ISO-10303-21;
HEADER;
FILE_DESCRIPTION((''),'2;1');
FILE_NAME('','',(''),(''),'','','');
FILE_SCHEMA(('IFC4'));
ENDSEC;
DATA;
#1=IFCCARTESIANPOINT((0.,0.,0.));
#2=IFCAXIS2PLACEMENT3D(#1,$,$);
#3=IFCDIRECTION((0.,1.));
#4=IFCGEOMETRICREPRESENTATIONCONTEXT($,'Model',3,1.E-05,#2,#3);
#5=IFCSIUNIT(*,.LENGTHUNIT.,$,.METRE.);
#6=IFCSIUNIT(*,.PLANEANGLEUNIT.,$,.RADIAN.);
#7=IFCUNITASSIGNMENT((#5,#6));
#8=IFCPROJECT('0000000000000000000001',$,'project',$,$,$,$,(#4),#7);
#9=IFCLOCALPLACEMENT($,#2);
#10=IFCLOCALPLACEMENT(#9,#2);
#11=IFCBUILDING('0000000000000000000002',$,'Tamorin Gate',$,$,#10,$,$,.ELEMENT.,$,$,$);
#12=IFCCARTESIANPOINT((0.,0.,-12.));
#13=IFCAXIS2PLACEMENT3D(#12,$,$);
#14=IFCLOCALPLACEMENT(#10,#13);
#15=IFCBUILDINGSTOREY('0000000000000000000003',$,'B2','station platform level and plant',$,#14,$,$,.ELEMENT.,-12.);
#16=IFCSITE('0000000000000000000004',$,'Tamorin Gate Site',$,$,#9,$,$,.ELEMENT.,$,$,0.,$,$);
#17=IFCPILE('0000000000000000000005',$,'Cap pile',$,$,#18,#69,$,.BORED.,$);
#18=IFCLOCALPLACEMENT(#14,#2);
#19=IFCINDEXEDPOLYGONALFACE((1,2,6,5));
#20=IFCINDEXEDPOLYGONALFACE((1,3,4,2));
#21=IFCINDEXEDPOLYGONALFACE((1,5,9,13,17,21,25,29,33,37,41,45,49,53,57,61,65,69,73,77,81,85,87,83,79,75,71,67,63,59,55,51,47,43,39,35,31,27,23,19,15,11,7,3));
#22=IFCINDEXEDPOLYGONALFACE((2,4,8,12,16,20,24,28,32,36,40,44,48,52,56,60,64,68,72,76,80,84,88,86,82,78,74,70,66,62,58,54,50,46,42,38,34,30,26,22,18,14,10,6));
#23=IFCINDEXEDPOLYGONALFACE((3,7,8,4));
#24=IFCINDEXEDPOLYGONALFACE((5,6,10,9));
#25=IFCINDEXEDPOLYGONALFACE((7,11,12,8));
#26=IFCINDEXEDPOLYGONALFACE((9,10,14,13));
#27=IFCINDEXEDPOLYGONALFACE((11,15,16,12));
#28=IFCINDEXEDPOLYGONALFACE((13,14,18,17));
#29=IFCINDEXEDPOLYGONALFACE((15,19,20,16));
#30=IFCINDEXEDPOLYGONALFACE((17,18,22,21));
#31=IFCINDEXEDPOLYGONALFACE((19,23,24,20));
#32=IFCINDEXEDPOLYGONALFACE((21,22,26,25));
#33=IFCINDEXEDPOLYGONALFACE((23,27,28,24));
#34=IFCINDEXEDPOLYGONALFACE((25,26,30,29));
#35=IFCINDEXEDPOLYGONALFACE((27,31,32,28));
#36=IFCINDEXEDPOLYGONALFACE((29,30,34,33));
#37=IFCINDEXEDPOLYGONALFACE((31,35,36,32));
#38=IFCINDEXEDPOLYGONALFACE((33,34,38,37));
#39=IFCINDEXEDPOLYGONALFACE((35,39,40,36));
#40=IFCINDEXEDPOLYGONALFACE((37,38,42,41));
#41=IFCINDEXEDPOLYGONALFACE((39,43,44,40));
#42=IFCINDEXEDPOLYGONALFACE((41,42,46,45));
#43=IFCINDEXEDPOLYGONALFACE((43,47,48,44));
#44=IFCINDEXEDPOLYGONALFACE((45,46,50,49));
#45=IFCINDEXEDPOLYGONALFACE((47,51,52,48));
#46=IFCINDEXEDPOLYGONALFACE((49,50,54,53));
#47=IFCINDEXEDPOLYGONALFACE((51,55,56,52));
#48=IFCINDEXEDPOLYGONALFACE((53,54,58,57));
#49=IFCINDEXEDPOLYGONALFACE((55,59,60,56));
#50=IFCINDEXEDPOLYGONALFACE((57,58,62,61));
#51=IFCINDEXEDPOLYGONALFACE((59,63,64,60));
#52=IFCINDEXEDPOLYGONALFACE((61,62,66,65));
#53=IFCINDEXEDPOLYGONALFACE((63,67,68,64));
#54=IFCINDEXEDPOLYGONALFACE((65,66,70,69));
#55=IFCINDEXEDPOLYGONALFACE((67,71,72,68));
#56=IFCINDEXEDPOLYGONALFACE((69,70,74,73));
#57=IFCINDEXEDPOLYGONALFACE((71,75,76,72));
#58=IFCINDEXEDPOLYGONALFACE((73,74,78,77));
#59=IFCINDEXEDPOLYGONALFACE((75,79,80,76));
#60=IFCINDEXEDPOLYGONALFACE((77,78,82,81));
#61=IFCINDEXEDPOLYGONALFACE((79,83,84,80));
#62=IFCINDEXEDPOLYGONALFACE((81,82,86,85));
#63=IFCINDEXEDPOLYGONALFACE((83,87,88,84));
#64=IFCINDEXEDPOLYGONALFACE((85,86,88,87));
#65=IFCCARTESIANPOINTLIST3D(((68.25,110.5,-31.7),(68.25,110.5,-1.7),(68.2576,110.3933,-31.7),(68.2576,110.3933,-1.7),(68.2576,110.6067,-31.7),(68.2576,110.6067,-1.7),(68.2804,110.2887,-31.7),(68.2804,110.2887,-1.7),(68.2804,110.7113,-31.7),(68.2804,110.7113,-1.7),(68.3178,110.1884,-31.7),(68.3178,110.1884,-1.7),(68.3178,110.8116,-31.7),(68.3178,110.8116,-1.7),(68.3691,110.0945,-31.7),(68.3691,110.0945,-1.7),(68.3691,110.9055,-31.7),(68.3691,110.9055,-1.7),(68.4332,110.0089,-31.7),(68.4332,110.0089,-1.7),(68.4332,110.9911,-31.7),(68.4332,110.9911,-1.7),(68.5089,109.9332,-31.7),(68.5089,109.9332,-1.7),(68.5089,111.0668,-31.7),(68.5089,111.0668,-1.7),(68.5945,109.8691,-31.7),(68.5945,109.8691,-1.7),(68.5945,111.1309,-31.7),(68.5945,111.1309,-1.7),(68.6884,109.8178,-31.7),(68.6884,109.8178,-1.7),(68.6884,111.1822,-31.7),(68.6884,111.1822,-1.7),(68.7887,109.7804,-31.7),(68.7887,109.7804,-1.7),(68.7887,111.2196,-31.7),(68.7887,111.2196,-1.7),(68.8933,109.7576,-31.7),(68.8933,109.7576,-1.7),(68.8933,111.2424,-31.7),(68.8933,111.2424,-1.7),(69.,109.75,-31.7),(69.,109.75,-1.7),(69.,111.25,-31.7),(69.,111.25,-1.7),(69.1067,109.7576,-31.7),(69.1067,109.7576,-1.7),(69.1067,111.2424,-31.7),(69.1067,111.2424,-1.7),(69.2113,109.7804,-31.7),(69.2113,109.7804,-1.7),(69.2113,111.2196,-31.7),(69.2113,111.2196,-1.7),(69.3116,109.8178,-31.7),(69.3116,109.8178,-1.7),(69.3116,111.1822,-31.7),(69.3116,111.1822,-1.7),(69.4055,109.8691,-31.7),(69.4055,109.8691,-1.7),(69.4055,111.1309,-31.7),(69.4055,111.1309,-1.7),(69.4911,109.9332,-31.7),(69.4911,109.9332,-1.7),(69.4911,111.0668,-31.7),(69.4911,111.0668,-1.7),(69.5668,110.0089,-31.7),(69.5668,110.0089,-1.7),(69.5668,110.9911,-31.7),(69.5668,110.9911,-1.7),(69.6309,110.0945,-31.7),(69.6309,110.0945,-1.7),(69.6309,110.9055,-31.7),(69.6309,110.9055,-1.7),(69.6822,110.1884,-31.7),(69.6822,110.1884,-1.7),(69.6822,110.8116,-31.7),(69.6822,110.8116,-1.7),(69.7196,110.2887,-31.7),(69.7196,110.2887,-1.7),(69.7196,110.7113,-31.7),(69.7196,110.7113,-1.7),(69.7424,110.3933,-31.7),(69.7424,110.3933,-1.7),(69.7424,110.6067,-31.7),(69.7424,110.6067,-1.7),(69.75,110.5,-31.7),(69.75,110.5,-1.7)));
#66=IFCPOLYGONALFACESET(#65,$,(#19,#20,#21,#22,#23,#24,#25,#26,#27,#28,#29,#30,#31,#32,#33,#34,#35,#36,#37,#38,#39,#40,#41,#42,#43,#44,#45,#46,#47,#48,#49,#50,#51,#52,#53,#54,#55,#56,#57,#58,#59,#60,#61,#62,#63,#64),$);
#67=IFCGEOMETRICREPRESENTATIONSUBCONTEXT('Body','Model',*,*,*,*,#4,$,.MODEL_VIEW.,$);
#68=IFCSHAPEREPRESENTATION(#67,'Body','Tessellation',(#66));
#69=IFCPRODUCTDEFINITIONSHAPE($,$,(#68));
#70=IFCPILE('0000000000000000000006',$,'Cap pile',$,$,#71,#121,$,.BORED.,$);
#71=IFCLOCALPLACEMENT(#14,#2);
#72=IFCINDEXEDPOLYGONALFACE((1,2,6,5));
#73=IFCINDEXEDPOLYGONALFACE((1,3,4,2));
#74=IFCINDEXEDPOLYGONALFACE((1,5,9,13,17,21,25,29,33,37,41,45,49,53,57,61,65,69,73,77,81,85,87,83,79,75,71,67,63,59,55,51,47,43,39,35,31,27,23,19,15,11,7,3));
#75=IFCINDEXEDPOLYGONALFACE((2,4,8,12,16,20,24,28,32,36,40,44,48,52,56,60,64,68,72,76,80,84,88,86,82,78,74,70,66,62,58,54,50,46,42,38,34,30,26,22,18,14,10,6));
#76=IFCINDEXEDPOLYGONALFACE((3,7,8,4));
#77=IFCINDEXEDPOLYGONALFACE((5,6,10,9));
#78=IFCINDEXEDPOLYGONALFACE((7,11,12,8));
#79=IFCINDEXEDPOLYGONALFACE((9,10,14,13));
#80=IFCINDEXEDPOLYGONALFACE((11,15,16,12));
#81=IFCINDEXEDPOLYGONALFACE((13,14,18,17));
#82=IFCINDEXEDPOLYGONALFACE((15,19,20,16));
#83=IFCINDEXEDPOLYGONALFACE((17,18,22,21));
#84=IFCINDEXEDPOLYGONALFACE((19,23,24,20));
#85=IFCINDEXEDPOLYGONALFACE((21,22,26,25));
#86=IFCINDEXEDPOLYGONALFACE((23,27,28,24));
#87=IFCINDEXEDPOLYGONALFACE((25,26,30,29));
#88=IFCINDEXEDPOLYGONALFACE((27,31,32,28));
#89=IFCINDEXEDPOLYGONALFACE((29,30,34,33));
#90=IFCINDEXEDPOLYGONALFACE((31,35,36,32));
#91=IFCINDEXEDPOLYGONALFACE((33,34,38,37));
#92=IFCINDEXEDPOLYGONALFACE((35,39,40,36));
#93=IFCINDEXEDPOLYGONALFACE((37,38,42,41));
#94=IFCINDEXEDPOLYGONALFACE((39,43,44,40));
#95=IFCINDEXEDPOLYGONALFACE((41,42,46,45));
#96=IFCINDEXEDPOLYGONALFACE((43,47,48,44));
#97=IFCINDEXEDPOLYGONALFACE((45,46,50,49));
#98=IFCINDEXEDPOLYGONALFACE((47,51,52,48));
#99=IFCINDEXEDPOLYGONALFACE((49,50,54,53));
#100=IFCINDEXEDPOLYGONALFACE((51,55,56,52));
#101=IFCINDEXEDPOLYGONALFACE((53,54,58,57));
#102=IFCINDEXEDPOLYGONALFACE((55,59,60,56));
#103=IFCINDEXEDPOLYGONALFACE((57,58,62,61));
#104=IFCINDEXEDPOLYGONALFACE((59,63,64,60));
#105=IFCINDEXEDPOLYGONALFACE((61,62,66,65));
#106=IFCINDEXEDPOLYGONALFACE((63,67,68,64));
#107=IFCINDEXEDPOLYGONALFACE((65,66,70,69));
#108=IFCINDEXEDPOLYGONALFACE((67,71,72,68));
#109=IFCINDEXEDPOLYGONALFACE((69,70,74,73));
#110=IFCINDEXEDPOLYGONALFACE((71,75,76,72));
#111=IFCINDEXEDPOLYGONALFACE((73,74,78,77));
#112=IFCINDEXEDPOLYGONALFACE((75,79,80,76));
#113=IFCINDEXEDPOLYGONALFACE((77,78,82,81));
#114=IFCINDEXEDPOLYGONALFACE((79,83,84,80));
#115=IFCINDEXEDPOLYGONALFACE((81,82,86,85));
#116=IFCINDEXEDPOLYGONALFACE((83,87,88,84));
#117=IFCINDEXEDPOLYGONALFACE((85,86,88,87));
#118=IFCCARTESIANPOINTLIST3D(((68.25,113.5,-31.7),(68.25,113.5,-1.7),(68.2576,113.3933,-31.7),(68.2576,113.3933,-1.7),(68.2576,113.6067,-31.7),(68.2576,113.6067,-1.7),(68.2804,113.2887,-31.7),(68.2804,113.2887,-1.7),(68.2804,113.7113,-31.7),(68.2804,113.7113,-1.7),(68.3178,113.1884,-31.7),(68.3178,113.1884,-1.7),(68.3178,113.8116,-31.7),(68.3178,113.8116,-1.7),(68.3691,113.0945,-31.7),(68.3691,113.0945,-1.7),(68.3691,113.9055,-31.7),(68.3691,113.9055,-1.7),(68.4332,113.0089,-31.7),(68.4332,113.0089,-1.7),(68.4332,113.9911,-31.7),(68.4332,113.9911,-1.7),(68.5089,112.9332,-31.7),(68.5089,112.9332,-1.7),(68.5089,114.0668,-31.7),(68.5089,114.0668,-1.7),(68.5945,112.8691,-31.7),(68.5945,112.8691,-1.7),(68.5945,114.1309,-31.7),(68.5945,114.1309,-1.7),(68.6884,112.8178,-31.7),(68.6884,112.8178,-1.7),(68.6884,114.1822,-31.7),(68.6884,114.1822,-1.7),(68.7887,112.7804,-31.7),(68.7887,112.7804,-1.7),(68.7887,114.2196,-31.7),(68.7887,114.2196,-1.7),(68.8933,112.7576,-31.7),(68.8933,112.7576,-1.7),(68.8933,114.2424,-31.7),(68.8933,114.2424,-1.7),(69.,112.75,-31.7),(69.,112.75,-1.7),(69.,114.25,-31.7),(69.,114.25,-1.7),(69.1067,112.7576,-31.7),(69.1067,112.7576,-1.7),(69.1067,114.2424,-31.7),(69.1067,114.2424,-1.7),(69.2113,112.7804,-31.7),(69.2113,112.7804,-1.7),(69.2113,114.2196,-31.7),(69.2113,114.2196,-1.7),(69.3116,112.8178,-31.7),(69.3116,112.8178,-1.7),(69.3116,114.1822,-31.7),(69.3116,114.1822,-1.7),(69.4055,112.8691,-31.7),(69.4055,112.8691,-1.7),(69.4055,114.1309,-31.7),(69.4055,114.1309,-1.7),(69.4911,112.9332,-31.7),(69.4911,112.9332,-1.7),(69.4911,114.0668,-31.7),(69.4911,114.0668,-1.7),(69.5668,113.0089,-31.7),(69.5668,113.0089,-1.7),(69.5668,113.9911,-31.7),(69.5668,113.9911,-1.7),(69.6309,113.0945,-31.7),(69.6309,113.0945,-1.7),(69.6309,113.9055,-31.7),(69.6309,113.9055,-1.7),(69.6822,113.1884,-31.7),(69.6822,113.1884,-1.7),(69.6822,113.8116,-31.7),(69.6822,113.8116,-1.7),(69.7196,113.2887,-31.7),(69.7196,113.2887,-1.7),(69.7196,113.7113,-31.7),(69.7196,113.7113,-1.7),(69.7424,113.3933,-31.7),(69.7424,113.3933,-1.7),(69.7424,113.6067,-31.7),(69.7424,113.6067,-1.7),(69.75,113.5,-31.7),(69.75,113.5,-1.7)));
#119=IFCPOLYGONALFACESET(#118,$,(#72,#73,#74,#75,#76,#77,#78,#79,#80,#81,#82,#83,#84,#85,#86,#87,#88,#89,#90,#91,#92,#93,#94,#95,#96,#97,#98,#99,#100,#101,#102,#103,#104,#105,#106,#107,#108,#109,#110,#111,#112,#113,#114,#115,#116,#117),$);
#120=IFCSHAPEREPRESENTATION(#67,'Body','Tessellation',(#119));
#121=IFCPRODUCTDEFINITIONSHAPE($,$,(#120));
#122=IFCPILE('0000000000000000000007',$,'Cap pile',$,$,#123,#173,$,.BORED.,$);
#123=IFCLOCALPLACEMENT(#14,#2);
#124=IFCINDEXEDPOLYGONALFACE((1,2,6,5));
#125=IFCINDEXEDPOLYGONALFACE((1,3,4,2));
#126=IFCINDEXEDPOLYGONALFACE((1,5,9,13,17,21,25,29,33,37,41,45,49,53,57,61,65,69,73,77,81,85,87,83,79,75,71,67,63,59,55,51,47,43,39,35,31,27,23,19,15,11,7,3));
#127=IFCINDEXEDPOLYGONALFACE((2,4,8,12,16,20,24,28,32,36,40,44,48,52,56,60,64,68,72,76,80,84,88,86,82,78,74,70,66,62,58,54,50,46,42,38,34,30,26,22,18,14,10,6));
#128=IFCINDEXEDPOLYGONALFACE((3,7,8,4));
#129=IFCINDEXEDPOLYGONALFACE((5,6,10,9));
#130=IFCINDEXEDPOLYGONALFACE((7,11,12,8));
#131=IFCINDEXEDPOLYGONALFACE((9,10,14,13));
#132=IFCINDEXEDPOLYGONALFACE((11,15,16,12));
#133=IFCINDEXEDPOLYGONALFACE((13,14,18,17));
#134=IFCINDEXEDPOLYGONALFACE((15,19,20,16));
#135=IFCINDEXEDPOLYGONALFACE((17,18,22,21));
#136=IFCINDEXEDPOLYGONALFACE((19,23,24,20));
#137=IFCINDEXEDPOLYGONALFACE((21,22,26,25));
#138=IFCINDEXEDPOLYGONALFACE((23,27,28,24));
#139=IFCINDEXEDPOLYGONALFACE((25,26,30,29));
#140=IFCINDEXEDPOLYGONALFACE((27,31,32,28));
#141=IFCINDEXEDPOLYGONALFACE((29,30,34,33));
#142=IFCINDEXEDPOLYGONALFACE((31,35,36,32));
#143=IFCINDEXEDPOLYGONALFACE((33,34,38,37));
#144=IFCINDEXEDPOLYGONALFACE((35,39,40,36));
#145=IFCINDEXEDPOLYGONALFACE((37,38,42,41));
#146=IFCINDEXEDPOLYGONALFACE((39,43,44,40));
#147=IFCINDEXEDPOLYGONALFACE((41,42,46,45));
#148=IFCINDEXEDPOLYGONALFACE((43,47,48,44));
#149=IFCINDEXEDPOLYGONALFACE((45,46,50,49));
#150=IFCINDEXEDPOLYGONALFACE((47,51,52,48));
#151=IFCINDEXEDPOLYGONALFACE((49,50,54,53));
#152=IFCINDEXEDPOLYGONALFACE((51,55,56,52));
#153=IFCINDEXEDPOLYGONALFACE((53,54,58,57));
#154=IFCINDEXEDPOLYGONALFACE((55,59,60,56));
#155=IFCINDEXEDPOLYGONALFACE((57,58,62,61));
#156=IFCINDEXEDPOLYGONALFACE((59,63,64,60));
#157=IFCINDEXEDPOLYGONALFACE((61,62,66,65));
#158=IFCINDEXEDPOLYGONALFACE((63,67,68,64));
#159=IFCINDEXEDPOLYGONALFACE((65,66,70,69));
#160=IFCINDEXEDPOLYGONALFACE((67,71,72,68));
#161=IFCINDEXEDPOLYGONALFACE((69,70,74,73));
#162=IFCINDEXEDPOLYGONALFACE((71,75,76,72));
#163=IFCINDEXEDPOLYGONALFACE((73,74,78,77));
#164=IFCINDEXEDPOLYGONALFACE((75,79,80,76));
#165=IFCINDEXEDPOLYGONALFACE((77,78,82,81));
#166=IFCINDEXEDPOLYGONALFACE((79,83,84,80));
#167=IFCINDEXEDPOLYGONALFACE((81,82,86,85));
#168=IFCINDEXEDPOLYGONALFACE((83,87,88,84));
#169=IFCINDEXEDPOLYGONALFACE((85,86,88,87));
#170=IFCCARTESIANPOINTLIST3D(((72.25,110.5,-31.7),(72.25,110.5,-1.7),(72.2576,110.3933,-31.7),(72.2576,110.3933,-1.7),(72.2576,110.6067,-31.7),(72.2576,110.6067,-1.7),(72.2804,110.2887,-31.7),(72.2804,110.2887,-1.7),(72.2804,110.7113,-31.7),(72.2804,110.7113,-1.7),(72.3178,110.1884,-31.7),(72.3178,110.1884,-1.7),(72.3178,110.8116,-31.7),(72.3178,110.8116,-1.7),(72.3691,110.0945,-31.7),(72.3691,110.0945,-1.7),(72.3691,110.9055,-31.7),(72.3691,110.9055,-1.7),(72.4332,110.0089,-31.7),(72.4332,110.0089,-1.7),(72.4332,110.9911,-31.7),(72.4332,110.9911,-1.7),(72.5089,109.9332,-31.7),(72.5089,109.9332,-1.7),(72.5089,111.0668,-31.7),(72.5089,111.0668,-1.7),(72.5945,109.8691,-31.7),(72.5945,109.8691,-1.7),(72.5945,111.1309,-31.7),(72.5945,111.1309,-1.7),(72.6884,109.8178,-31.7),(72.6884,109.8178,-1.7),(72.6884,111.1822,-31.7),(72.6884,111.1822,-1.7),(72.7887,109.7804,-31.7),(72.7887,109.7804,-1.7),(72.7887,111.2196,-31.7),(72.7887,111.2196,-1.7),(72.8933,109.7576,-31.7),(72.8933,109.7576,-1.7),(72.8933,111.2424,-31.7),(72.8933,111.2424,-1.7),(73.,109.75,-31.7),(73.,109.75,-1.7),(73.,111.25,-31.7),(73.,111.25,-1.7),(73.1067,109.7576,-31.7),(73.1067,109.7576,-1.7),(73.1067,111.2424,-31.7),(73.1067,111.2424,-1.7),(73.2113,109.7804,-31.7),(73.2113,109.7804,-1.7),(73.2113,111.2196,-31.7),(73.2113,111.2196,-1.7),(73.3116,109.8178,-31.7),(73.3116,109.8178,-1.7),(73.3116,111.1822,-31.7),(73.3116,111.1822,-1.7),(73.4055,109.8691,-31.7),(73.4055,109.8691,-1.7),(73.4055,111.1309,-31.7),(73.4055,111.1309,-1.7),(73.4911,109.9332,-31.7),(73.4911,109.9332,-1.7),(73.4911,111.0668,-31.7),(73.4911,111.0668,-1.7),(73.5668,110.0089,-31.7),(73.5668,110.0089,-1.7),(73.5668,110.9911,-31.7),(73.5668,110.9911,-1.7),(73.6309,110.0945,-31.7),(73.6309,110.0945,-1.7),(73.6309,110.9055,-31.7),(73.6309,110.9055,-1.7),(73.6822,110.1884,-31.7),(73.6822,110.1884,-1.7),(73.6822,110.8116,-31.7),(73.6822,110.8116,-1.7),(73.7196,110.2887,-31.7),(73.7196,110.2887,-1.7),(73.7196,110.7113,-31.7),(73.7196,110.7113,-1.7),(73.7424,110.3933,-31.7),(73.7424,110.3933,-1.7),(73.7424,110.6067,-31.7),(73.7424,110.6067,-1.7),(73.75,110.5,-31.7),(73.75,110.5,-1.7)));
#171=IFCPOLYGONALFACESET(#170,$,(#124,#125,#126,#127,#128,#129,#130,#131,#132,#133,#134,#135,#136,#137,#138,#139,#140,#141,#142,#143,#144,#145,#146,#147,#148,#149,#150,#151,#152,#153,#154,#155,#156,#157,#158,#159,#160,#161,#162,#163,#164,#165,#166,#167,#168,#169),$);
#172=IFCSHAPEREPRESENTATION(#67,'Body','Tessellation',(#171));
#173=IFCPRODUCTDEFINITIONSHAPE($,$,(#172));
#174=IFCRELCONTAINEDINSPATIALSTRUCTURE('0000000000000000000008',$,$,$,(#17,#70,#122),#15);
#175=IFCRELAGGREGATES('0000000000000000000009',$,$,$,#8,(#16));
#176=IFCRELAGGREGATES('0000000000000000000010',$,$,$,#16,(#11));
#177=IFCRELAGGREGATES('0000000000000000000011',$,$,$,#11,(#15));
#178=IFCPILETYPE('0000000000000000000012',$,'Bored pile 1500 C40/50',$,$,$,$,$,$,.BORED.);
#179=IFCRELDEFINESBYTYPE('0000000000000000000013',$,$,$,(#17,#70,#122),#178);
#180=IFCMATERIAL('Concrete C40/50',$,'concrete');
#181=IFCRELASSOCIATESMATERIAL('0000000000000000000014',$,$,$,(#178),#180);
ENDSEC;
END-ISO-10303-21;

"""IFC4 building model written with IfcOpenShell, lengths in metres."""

from ifc_helpers import new_model, si_unit, direction, frame, origin, origin_2d, place, context, subcontext, project, spatial, circle, extrude, material, material_profile, profile_set, type_object, element, save


model = new_model("IFC4")

# Units and contexts
model_context = context("Model", 3, precision=1e-05, world=origin(), true_north=direction((0.0, 1.0)))
body_context = subcontext(model_context, "Body", "Model", "MODEL_VIEW")
ifc_project = project(units=[si_unit("LENGTHUNIT", "METRE"), si_unit("PLANEANGLEUNIT", "RADIAN")], contexts=[model_context])

# Site, building, storey
site_placement = place(None, origin())
site = spatial("IfcSite", under=ifc_project, at=site_placement, Name="Tamorin Gate Site", CompositionType="ELEMENT", RefElevation=0.0)
building_placement = place(site_placement, origin())
building = spatial("IfcBuilding", under=site, at=building_placement, Name="Tamorin Gate", CompositionType="ELEMENT")
storey_placement = place(building_placement, frame((0.0, 0.0, -12.0)))
storey = spatial("IfcBuildingStorey", under=building, at=storey_placement, Name="B2", Description="station platform level and plant", CompositionType="ELEMENT", Elevation=-12.0)

# Piles
ifc_material_1 = material(Name="Concrete C40/50", Category="concrete")
ifc_material_profile_1 = material_profile(ifc_material_1, circle(Radius=0.75, at=origin_2d()))
ifc_profile_set_1 = profile_set([ifc_material_profile_1], Name="Concrete C40/50")
pile_type = type_object("IfcPileType", Name="Bored pile 1500 C40/50", PredefinedType="BORED", material=ifc_profile_set_1)
for number, where, z_axis, x_axis, name in (
    (1, (69.0, 110.5, -1.7), (0.0, 0.0, -1.0), (1.0, 0.0, 0.0), "Cap pile"),
    (2, (69.0, 113.5, -1.7), (0.0, 0.0, -1.0), (1.0, 0.0, 0.0), "Cap pile"),
    (3, (73.0, 110.5, -1.7), (0.0, 0.0, -1.0), (1.0, 0.0, 0.0), "Cap pile"),
):
    element("IfcPile", number, at=place(storey_placement, frame(where, z_axis=z_axis, x_axis=x_axis)), inside=storey, type_object=pile_type, Name=name, PredefinedType="BORED", context=body_context, shape_type="SweptSolid", body=[
        extrude(circle(Radius=0.75, at=origin_2d()), origin(), (0.0, 0.0, 1.0), 30.0),
    ])

save(model, "model.ifc")
